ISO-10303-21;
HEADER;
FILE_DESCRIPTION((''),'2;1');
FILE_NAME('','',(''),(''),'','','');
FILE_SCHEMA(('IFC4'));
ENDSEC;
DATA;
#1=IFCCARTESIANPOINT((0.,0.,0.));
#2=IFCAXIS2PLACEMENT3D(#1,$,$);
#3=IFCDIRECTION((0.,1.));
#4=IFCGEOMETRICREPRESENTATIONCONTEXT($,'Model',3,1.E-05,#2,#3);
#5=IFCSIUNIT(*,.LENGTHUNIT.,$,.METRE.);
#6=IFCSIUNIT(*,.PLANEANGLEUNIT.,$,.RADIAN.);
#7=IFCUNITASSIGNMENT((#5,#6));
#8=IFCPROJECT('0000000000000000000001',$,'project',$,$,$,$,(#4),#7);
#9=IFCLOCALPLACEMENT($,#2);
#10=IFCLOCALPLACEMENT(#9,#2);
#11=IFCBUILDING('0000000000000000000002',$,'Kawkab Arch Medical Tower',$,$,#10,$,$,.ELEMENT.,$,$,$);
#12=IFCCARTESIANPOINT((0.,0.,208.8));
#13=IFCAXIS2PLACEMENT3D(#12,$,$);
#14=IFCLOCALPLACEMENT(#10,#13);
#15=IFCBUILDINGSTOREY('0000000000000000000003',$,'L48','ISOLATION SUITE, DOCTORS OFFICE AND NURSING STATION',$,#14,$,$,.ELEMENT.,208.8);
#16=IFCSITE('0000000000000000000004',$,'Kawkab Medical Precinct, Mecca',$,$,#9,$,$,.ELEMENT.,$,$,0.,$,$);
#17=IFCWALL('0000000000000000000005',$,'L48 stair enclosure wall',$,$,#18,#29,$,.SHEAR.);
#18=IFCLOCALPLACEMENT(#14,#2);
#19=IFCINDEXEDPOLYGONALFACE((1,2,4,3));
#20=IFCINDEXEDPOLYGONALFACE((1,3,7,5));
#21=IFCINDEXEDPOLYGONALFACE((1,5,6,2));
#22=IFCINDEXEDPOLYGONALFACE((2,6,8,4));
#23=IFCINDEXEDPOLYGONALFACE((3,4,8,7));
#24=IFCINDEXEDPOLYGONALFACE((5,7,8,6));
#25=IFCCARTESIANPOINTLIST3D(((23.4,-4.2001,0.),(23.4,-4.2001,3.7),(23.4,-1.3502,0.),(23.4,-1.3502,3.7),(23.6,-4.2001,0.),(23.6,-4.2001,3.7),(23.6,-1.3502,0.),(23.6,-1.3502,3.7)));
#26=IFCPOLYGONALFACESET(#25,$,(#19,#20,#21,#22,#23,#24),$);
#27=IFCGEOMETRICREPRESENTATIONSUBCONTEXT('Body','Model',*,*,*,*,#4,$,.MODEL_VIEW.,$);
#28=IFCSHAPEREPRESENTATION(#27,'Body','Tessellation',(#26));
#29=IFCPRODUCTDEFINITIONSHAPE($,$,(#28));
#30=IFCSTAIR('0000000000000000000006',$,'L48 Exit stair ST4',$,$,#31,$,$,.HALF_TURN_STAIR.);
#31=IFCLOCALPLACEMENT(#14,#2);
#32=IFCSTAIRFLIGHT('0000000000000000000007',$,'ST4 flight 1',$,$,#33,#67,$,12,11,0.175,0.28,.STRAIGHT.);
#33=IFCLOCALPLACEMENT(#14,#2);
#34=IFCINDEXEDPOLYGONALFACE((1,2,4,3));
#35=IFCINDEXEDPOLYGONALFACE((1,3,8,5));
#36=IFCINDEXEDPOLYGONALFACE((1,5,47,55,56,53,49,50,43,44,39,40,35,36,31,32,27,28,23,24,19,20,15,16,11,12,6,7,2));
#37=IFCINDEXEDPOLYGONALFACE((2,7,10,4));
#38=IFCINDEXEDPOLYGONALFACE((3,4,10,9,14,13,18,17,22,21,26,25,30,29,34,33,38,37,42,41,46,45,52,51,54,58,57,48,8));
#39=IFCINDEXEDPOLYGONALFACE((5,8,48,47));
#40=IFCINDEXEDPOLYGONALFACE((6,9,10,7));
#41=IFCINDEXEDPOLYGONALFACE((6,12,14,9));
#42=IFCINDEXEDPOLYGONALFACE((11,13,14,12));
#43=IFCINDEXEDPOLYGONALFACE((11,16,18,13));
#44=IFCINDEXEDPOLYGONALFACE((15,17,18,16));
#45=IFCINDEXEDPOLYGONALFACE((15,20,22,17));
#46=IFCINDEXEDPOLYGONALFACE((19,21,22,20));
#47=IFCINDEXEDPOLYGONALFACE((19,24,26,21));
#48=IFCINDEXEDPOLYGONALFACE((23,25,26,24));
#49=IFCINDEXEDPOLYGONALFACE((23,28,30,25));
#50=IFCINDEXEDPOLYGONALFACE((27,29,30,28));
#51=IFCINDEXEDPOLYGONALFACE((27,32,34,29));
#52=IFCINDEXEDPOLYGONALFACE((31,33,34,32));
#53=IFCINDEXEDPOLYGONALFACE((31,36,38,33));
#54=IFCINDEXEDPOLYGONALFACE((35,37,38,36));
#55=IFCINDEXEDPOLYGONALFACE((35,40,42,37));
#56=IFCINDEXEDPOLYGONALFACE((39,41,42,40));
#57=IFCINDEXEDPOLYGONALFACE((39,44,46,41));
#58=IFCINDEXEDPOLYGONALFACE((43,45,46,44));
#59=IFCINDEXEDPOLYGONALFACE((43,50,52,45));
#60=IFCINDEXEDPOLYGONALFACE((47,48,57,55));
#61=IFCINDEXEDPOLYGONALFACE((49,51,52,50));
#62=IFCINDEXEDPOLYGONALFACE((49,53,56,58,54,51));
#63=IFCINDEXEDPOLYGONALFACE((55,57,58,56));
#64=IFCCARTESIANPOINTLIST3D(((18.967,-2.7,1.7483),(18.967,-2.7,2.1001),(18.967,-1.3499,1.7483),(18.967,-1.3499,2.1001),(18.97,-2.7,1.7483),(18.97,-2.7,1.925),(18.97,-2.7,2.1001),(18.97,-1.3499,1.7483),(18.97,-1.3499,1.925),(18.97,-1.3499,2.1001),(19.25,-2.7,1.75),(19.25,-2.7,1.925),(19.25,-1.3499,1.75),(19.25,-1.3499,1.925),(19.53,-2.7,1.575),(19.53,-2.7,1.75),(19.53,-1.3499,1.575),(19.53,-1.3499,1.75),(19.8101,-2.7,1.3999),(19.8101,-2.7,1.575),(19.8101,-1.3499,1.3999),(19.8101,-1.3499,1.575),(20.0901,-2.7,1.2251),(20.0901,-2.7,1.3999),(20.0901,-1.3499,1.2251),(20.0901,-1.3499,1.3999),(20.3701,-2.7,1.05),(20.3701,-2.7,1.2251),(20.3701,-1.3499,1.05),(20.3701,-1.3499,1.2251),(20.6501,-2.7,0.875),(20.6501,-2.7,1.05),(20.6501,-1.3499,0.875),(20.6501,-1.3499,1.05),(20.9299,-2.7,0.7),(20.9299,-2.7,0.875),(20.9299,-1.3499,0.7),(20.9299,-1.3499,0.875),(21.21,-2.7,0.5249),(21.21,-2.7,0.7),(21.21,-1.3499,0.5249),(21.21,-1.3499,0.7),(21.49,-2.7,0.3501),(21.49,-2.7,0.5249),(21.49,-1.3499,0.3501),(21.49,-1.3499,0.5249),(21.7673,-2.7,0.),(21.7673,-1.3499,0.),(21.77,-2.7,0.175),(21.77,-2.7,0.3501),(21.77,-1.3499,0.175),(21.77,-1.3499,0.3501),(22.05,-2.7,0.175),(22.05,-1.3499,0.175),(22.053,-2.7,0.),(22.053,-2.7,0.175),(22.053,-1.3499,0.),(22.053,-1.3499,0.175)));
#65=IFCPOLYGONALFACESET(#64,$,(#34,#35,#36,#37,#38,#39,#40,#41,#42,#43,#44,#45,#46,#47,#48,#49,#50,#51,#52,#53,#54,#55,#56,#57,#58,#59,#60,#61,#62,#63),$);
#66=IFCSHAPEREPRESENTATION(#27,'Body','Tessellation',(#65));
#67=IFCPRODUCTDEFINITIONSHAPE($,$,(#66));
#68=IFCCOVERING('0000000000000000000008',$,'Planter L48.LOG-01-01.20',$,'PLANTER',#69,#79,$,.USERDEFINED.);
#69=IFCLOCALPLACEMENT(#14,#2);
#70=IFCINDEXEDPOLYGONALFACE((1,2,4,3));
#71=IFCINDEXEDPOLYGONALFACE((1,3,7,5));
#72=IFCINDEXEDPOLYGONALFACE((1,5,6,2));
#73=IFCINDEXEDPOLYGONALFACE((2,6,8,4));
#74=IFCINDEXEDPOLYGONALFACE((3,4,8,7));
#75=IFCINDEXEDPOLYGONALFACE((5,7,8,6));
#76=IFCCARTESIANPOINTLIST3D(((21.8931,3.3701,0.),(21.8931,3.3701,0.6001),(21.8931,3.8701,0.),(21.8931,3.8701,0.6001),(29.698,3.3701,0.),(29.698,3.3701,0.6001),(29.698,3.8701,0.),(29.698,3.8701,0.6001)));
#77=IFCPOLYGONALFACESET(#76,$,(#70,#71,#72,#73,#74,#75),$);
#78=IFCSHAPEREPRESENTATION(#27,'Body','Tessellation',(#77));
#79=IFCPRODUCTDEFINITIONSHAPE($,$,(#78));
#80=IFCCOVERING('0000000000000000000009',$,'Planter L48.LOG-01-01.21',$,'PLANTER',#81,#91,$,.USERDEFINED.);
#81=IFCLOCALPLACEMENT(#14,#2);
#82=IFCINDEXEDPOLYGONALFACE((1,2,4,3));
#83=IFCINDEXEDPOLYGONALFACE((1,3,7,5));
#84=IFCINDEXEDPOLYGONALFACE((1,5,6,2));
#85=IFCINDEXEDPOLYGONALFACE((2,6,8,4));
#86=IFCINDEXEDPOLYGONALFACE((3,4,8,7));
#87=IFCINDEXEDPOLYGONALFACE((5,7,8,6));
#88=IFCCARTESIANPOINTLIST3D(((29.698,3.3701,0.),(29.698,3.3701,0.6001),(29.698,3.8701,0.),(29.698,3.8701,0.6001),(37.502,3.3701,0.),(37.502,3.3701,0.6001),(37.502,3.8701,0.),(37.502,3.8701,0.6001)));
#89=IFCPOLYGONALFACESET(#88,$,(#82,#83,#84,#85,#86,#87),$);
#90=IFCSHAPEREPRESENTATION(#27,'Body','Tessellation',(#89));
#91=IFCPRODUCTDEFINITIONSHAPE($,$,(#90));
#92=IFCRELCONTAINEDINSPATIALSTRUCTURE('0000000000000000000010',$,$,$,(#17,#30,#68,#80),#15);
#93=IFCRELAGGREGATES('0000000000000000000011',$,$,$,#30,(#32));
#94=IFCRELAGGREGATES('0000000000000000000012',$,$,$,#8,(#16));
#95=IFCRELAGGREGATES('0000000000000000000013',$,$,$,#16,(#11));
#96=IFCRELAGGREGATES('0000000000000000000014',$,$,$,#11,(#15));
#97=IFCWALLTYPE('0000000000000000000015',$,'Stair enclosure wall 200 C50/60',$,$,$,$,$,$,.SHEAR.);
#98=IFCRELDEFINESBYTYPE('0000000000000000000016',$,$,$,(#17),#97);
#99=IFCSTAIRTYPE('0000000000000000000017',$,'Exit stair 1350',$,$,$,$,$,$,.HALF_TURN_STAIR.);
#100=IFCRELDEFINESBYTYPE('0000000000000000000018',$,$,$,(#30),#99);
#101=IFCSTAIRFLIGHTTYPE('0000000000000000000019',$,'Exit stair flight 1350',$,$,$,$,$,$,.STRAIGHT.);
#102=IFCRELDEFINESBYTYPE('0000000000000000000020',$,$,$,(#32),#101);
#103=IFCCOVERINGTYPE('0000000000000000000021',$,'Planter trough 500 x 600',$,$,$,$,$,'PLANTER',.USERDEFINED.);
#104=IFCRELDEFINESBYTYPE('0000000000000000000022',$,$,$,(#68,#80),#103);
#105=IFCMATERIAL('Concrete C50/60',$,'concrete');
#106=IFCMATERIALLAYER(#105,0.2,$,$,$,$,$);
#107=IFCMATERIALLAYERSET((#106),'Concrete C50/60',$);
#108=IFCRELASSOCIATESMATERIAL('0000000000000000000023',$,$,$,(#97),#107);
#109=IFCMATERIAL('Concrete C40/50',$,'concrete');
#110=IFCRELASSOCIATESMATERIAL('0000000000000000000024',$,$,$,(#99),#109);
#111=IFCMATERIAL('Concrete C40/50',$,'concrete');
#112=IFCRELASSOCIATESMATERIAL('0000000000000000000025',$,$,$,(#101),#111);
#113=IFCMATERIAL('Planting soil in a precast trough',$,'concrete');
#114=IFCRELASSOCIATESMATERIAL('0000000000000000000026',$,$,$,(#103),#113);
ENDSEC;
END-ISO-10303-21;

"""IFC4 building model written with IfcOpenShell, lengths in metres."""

from ifc_helpers import new_model, si_unit, direction, frame, frame_2d, origin, origin_2d, place, context, subcontext, project, spatial, polyline, rectangle, outline, extrude, material, layer, layer_set, material_profile, profile_set, type_object, element, aggregate, save


model = new_model("IFC4")

# Units and contexts
model_context = context("Model", 3, precision=1e-05, world=origin(), true_north=direction((0.0, 1.0)))
body_context = subcontext(model_context, "Body", "Model", "MODEL_VIEW")
ifc_project = project(units=[si_unit("LENGTHUNIT", "METRE"), si_unit("PLANEANGLEUNIT", "RADIAN")], contexts=[model_context])

# Site, building, storey
site_placement = place(None, origin())
site = spatial("IfcSite", under=ifc_project, at=site_placement, Name="Kawkab Medical Precinct, Mecca", CompositionType="ELEMENT", RefElevation=0.0)
building_placement = place(site_placement, origin())
building = spatial("IfcBuilding", under=site, at=building_placement, Name="Kawkab Arch Medical Tower", CompositionType="ELEMENT")
storey_placement = place(building_placement, frame((0.0, 0.0, 208.8)))
storey = spatial("IfcBuildingStorey", under=building, at=storey_placement, Name="L48", Description="ISOLATION SUITE, DOCTORS OFFICE AND NURSING STATION", CompositionType="ELEMENT", Elevation=208.8)

# Shared definitions
placement = place(storey_placement, origin())

# Wall
ifc_material_1 = material(Name="Concrete C50/60", Category="concrete")
ifc_layer_1 = layer(ifc_material_1, 0.2)
ifc_layer_set_1 = layer_set([ifc_layer_1], Name="Concrete C50/60")
wall_type_1 = type_object("IfcWallType", Name="Stair enclosure wall 200 C50/60", PredefinedType="SHEAR", material=ifc_layer_set_1)
wall_1_placement = place(storey_placement, frame((23.5, -4.2, 0.0), z_axis=(0.0, 0.0, 1.0), x_axis=(0.0, 1.0, 0.0)))
element("IfcWall", 1, at=wall_1_placement, inside=storey, type_object=wall_type_1, Name="L48 stair enclosure wall", PredefinedType="SHEAR", context=body_context, shape_type="SweptSolid", body=[
    extrude(rectangle(XDim=2.8499, YDim=0.2, at=frame_2d((1.4248, 0.0))), origin(), (0.0, 0.0, 1.0), 3.7),
])

# Stair, stair flight
ifc_material_2 = material(Name="Concrete C40/50", Category="concrete")
stair_type = type_object("IfcStairType", Name="Exit stair 1350", PredefinedType="HALF_TURN_STAIR", material=ifc_material_2)
stair = element("IfcStair", 2, at=placement, inside=storey, type_object=stair_type, Name="L48 Exit stair ST4", PredefinedType="HALF_TURN_STAIR")
ifc_material_3 = material(Name="Concrete C40/50", Category="concrete")
stair_flight_type = type_object("IfcStairFlightType", Name="Exit stair flight 1350", PredefinedType="STRAIGHT", material=ifc_material_3)
stair_flight_placement = place(storey_placement, frame((22.05, -2.0249, 0.0), z_axis=(0.0, 0.0, 1.0), x_axis=(-1.0, 0.0, 0.0)))
stair_flight = element("IfcStairFlight", 3, at=stair_flight_placement, type_object=stair_flight_type, Name="ST4 flight 1", NumberOfRisers=12, NumberOfTreads=11, PredefinedType="STRAIGHT", RiserHeight=0.175, TreadLength=0.28, context=body_context, shape_type="SweptSolid", body=[
    extrude(outline(polyline([(-0.0029, 0.0), (-0.0029, 0.175), (0.0, 0.175), (0.28, 0.175), (0.28, 0.3501), (0.5601, 0.3501), (0.5601, 0.5249), (0.8401, 0.5249), (0.8401, 0.7), (1.1201, 0.7), (1.1201, 0.875), (1.3999, 0.875), (1.3999, 1.05), (1.6799, 1.05), (1.6799, 1.2251), (1.96, 1.2251), (1.96, 1.3999), (2.24, 1.3999), (2.24, 1.575), (2.52, 1.575), (2.52, 1.75), (2.8, 1.75), (2.8, 1.925), (3.0801, 1.925), (3.0801, 2.1001), (3.083, 2.1001), (3.083, 1.7483), (3.0801, 1.7483), (0.2827, 0.0), (-0.0029, 0.0)])), frame((0.0, 0.675, 0.0), z_axis=(0.0, -1.0, 0.0), x_axis=(1.0, 0.0, 0.0)), (0.0, 0.0, 1.0), 1.3501),
])
aggregate(stair, [stair_flight])

# Coverings
ifc_material_4 = material(Name="Planting soil in a precast trough", Category="concrete")
ifc_material_profile_1 = material_profile(ifc_material_4, rectangle(XDim=0.5, YDim=0.6001, at=origin_2d()), Name="Trough 500x600")
ifc_profile_set_1 = profile_set([ifc_material_profile_1], Name="Planting soil in a precast trough")
covering_type = type_object("IfcCoveringType", Name="Planter trough 500 x 600", ElementType="PLANTER", PredefinedType="USERDEFINED", material=ifc_profile_set_1)
covering_1_placement = place(storey_placement, frame((21.8931, 3.6201, 0.3), z_axis=(1.0, 0.0, 0.0), x_axis=(0.0, 1.0, 0.0)))
element("IfcCovering", 4, at=covering_1_placement, inside=storey, type_object=covering_type, Name="Planter L48.LOG-01-01.20", ObjectType="PLANTER", PredefinedType="USERDEFINED", context=body_context, shape_type="SweptSolid", body=[
    extrude(rectangle(XDim=0.5, YDim=0.6001, at=origin_2d()), origin(), (0.0, 0.0, 1.0), 7.8049),
])
covering_2_placement = place(storey_placement, frame((29.698, 3.6201, 0.3), z_axis=(1.0, 0.0, 0.0), x_axis=(0.0, 1.0, 0.0)))
element("IfcCovering", 5, at=covering_2_placement, inside=storey, type_object=covering_type, Name="Planter L48.LOG-01-01.21", ObjectType="PLANTER", PredefinedType="USERDEFINED", context=body_context, shape_type="SweptSolid", body=[
    extrude(rectangle(XDim=0.5, YDim=0.6001, at=origin_2d()), origin(), (0.0, 0.0, 1.0), 7.804),
])

save(model, "model.ifc")
